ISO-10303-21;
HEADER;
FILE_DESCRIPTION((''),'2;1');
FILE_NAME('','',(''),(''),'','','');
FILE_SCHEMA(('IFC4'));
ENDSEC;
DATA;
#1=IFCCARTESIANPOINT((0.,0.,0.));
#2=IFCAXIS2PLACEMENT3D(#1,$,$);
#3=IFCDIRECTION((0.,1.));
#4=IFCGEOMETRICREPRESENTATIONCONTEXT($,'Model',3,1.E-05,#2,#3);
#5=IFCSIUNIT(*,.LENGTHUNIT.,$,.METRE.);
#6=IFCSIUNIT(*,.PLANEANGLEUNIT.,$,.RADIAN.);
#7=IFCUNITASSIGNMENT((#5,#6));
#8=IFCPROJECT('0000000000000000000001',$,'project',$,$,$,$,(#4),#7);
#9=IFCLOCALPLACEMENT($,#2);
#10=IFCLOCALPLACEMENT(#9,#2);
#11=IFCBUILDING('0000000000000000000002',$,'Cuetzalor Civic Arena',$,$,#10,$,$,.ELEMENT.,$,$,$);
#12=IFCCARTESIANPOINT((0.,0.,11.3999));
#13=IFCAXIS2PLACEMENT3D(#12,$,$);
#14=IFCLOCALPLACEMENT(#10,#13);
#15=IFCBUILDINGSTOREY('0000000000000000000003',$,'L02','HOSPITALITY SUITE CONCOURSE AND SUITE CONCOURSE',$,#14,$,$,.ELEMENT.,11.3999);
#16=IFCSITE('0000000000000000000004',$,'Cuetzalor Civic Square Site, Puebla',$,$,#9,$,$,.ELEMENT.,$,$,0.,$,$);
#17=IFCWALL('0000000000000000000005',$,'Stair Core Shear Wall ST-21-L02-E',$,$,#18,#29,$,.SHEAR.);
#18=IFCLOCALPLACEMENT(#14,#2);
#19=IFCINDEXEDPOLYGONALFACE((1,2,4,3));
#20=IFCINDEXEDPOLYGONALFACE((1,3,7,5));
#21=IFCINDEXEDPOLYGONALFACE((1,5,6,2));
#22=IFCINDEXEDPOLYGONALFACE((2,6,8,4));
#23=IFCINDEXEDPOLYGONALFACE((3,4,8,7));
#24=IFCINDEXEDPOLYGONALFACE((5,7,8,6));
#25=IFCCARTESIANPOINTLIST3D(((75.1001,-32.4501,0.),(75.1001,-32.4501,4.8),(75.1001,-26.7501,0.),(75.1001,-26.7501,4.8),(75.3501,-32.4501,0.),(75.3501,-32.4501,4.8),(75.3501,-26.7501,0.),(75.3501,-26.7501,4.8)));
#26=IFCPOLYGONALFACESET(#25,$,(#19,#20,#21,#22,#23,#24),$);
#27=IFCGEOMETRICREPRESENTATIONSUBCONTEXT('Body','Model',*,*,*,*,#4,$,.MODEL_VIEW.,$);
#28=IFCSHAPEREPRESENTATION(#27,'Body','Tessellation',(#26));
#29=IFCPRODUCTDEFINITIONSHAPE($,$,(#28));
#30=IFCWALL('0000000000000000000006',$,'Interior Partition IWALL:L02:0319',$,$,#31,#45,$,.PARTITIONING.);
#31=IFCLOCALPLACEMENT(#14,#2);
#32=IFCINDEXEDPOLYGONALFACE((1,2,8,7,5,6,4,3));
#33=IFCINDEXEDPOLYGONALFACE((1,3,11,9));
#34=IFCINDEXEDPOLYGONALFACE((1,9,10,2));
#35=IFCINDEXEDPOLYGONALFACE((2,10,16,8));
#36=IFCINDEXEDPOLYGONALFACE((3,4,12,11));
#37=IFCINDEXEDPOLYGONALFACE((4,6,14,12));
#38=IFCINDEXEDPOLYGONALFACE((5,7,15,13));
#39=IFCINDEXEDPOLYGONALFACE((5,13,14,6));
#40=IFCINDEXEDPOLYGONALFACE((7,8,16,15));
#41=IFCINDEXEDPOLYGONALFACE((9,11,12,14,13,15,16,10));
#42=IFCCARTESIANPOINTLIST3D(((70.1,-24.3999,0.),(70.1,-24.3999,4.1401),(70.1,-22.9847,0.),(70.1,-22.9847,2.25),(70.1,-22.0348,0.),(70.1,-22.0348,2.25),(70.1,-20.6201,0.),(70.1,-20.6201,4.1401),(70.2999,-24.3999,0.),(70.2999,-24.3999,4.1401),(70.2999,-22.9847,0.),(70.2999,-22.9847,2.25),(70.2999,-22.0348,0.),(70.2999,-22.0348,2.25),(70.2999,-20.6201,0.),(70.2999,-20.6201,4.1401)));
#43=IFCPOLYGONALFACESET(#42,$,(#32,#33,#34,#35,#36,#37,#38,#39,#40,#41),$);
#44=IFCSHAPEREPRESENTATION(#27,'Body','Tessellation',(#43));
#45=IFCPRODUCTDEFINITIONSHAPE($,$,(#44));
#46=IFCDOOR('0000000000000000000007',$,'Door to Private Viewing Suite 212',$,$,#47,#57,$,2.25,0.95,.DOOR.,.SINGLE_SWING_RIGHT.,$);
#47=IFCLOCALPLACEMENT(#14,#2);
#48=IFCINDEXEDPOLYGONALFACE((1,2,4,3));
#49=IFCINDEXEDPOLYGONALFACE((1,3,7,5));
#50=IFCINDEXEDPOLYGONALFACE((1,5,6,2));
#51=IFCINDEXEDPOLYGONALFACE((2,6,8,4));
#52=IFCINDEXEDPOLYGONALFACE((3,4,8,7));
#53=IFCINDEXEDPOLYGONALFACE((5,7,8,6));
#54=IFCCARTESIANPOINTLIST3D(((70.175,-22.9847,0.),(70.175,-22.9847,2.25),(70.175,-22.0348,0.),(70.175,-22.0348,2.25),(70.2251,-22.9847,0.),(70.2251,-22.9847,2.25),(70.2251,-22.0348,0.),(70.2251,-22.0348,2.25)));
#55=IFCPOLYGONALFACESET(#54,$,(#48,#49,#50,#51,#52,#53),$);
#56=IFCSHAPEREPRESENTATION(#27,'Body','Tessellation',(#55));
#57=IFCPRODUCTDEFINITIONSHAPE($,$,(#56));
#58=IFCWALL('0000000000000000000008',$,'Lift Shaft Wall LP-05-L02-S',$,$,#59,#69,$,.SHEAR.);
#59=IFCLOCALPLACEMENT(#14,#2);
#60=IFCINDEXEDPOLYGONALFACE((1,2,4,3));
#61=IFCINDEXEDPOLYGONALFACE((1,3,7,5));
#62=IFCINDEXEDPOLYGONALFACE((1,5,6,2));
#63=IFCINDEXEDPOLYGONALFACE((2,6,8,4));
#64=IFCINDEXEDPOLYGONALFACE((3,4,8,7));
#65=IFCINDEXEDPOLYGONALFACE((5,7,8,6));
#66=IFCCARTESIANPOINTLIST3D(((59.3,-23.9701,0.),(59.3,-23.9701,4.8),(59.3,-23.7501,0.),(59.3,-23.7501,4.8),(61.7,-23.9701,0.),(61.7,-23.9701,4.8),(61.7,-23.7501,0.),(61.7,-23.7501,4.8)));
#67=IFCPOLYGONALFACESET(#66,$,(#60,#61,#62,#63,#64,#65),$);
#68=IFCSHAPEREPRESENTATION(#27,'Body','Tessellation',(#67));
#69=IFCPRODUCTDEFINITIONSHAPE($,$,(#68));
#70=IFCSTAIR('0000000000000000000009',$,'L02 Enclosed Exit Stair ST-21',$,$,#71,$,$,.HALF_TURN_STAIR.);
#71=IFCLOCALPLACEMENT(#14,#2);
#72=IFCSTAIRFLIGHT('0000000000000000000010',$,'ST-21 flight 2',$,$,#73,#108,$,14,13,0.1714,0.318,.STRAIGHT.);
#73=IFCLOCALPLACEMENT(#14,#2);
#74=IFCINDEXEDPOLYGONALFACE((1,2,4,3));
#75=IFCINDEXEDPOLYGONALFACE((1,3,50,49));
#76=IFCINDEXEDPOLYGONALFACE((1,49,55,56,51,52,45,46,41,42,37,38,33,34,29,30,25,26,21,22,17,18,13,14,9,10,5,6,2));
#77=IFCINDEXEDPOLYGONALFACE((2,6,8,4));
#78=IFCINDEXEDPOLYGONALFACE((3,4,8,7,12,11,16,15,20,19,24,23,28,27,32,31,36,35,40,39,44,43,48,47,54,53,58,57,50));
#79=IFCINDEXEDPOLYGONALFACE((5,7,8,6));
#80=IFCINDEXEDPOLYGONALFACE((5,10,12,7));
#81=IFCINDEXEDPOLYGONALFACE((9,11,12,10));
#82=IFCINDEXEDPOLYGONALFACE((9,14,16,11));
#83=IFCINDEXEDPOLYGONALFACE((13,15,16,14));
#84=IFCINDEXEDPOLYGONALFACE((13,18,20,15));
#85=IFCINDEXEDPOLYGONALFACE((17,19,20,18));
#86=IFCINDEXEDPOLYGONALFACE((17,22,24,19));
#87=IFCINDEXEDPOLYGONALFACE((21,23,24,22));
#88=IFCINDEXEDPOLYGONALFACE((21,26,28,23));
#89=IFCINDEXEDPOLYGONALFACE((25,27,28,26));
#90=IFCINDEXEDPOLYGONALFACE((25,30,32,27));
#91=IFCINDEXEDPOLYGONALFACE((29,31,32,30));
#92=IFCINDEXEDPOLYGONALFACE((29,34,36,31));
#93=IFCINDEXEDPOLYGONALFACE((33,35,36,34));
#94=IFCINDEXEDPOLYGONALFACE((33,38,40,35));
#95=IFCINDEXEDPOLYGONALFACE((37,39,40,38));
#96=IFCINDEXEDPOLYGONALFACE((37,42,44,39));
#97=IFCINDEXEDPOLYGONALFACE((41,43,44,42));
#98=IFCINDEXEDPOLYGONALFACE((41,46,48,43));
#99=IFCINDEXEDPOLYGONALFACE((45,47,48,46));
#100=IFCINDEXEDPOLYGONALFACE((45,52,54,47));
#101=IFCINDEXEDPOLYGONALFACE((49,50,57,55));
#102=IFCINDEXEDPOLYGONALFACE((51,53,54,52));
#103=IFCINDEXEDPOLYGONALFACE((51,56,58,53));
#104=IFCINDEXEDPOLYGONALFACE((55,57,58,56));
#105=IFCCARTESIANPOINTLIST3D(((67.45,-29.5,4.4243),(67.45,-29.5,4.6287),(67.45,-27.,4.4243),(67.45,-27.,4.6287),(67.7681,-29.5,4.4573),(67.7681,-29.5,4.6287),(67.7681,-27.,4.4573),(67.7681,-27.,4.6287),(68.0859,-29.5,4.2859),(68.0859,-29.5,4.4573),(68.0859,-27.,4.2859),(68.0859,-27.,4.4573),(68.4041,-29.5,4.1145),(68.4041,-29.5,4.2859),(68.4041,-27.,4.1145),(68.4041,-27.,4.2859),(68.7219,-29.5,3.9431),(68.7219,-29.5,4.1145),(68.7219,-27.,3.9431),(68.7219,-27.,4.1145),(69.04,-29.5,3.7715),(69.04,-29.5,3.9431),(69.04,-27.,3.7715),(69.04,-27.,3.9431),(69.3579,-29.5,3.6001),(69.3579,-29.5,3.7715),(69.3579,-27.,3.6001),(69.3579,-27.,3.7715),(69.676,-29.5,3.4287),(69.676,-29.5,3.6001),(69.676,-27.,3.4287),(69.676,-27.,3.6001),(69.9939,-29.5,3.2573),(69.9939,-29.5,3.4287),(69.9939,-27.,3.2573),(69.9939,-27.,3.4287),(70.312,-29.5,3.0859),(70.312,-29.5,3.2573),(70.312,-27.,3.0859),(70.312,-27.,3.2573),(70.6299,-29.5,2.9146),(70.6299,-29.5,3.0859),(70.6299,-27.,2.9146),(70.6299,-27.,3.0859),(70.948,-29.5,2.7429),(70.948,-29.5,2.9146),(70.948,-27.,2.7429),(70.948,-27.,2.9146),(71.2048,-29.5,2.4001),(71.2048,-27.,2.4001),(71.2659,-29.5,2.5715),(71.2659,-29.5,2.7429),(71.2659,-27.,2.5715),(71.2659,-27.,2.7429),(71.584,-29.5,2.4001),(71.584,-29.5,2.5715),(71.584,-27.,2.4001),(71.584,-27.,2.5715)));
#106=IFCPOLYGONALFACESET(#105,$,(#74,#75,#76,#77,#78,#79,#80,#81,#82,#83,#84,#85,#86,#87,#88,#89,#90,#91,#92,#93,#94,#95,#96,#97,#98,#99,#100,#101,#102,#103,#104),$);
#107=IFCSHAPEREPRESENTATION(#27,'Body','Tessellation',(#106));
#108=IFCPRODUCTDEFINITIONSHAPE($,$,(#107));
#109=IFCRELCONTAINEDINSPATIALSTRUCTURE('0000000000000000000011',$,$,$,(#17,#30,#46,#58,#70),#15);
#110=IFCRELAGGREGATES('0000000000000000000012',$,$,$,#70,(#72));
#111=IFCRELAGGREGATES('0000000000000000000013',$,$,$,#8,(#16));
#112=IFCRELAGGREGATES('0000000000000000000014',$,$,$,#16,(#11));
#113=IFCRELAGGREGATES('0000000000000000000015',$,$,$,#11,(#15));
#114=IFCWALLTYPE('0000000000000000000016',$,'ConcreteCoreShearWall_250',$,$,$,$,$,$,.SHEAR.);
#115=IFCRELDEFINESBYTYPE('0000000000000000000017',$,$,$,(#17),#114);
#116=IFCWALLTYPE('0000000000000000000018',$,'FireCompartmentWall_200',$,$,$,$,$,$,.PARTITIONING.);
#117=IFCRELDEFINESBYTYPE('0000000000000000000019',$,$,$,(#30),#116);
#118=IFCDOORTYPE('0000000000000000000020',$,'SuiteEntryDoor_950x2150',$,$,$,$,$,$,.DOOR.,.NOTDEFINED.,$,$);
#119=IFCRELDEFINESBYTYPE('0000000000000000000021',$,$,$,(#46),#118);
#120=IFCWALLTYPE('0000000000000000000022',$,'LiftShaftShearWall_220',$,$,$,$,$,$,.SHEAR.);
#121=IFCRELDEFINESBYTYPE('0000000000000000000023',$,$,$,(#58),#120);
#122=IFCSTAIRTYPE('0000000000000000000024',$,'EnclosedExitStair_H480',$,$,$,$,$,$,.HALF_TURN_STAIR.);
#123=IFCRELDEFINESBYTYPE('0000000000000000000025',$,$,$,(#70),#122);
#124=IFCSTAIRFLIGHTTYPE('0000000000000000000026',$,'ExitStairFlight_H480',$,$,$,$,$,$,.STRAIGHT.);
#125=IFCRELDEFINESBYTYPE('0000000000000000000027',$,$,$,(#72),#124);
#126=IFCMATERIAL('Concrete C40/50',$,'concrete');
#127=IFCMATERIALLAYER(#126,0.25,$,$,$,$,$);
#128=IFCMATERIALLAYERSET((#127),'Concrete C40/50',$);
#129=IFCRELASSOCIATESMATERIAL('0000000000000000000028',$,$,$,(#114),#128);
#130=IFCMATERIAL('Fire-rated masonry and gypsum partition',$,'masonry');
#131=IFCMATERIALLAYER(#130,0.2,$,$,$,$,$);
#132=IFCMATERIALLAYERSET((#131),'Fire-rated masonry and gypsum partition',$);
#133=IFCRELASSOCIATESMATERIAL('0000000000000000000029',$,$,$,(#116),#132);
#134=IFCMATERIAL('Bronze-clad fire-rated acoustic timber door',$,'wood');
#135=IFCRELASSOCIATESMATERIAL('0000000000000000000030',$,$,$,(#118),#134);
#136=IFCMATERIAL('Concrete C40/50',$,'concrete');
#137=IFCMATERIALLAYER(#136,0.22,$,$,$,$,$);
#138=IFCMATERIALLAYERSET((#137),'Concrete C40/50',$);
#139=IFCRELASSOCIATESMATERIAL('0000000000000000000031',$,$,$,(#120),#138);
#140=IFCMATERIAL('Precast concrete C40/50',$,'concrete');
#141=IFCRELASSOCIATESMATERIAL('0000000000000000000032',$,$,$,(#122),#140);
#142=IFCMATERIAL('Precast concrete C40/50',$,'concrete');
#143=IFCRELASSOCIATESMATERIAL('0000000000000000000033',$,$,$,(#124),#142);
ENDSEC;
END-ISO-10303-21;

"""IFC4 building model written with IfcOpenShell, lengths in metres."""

from ifc_helpers import new_model, si_unit, direction, frame, frame_2d, origin, place, context, subcontext, project, spatial, polyline, rectangle, outline, extrude, material, layer, layer_set, type_object, element, fill, aggregate, save


model = new_model("IFC4")

# Units and contexts
model_context = context("Model", 3, precision=1e-05, world=origin(), true_north=direction((0.0, 1.0)))
body_context = subcontext(model_context, "Body", "Model", "MODEL_VIEW")
ifc_project = project(units=[si_unit("LENGTHUNIT", "METRE"), si_unit("PLANEANGLEUNIT", "RADIAN")], contexts=[model_context])

# Site, building, storey
site_placement = place(None, origin())
site = spatial("IfcSite", under=ifc_project, at=site_placement, Name="Cuetzalor Civic Square Site, Puebla", CompositionType="ELEMENT", RefElevation=0.0)
building_placement = place(site_placement, origin())
building = spatial("IfcBuilding", under=site, at=building_placement, Name="Cuetzalor Civic Arena", CompositionType="ELEMENT")
storey_placement = place(building_placement, frame((0.0, 0.0, 11.3999)))
storey = spatial("IfcBuildingStorey", under=building, at=storey_placement, Name="L02", Description="HOSPITALITY SUITE CONCOURSE AND SUITE CONCOURSE", CompositionType="ELEMENT", Elevation=11.3999)

# Wall
ifc_material_1 = material(Name="Concrete C40/50", Category="concrete")
ifc_layer_1 = layer(ifc_material_1, 0.25)
ifc_layer_set_1 = layer_set([ifc_layer_1], Name="Concrete C40/50")
wall_type_1 = type_object("IfcWallType", Name="ConcreteCoreShearWall_250", PredefinedType="SHEAR", material=ifc_layer_set_1)
wall_1_placement = place(storey_placement, frame((75.2251, -26.75, 0.0), z_axis=(0.0, 0.0, 1.0), x_axis=(0.0, -1.0, 0.0)))
element("IfcWall", 1, at=wall_1_placement, inside=storey, type_object=wall_type_1, Name="Stair Core Shear Wall ST-21-L02-E", PredefinedType="SHEAR", context=body_context, shape_type="SweptSolid", body=[
    extrude(rectangle(XDim=5.7, YDim=0.25, at=frame_2d((2.8501, 0.0))), origin(), (0.0, 0.0, 1.0), 4.8),
])

# Wall, opening, door
ifc_material_2 = material(Name="Fire-rated masonry and gypsum partition", Category="masonry")
ifc_layer_2 = layer(ifc_material_2, 0.2)
ifc_layer_set_2 = layer_set([ifc_layer_2], Name="Fire-rated masonry and gypsum partition")
wall_type_2 = type_object("IfcWallType", Name="FireCompartmentWall_200", PredefinedType="PARTITIONING", material=ifc_layer_set_2)
wall_2_placement = place(storey_placement, frame((70.2, -24.3999, 0.0), z_axis=(0.0, 0.0, 1.0), x_axis=(0.0, 1.0, 0.0)))
wall_2 = element("IfcWall", 2, at=wall_2_placement, inside=storey, type_object=wall_type_2, Name="Interior Partition IWALL:L02:0319", PredefinedType="PARTITIONING", context=body_context, shape_type="SweptSolid", body=[
    extrude(rectangle(XDim=3.7798, YDim=0.2, at=frame_2d((1.8899, 0.0))), origin(), (0.0, 0.0, 1.0), 4.1401),
])
opening_1_placement = place(wall_2_placement, frame((1.415, 0.0, 0.0)))
opening_1 = element("IfcOpeningElement", 3, at=opening_1_placement, cuts=wall_2, PredefinedType="OPENING", context=body_context, shape_type="SweptSolid", body=[
    extrude(rectangle(XDim=0.95, YDim=2.25, at=frame_2d((0.4751, 1.125))), frame((0.0, 0.1099, 0.0), z_axis=(0.0, -1.0, 0.0), x_axis=(1.0, 0.0, 0.0)), (0.0, 0.0, 1.0), 0.22),
])
ifc_material_3 = material(Name="Bronze-clad fire-rated acoustic timber door", Category="wood")
door_type_1 = type_object("IfcDoorType", Name="SuiteEntryDoor_950x2150", OperationType="NOTDEFINED", PredefinedType="DOOR", material=ifc_material_3)
door_1_placement = place(opening_1_placement, origin())
door_1 = element("IfcDoor", 4, at=door_1_placement, inside=storey, type_object=door_type_1, Name="Door to Private Viewing Suite 212", OperationType="SINGLE_SWING_RIGHT", OverallHeight=2.25, OverallWidth=0.95, PredefinedType="DOOR", context=body_context, shape_type="SweptSolid", body=[
    extrude(rectangle(XDim=0.95, YDim=2.25, at=frame_2d((0.4751, 1.125))), frame((0.0, 0.0249, 0.0), z_axis=(0.0, -1.0, 0.0), x_axis=(1.0, 0.0, 0.0)), (0.0, 0.0, 1.0), 0.05),
])
fill(opening_1, door_1)

# Wall
ifc_material_4 = material(Name="Concrete C40/50", Category="concrete")
ifc_layer_3 = layer(ifc_material_4, 0.22)
ifc_layer_set_3 = layer_set([ifc_layer_3], Name="Concrete C40/50")
wall_type_3 = type_object("IfcWallType", Name="LiftShaftShearWall_220", PredefinedType="SHEAR", material=ifc_layer_set_3)
wall_3_placement = place(storey_placement, frame((61.7, -23.8601, 0.0), z_axis=(0.0, 0.0, 1.0), x_axis=(-1.0, 0.0, 0.0)))
element("IfcWall", 5, at=wall_3_placement, inside=storey, type_object=wall_type_3, Name="Lift Shaft Wall LP-05-L02-S", PredefinedType="SHEAR", context=body_context, shape_type="SweptSolid", body=[
    extrude(rectangle(XDim=2.3999, YDim=0.22, at=frame_2d((1.2, 0.0))), origin(), (0.0, 0.0, 1.0), 4.8),
])

# Stair, stair flight
ifc_material_5 = material(Name="Precast concrete C40/50", Category="concrete")
stair_type = type_object("IfcStairType", Name="EnclosedExitStair_H480", PredefinedType="HALF_TURN_STAIR", material=ifc_material_5)
stair_placement = place(storey_placement, origin())
stair = element("IfcStair", 6, at=stair_placement, inside=storey, type_object=stair_type, Name="L02 Enclosed Exit Stair ST-21", PredefinedType="HALF_TURN_STAIR")
ifc_material_6 = material(Name="Precast concrete C40/50", Category="concrete")
stair_flight_type = type_object("IfcStairFlightType", Name="ExitStairFlight_H480", PredefinedType="STRAIGHT", material=ifc_material_6)
stair_flight_placement = place(storey_placement, frame((71.584, -28.25, 2.4001), z_axis=(0.0, 0.0, 1.0), x_axis=(-1.0, 0.0, 0.0)))
stair_flight = element("IfcStairFlight", 7, at=stair_flight_placement, type_object=stair_flight_type, Name="ST-21 flight 2", NumberOfRisers=14, NumberOfTreads=13, PredefinedType="STRAIGHT", RiserHeight=0.1714, TreadLength=0.318, context=body_context, shape_type="SweptSolid", body=[
    extrude(outline(polyline([(0.0, 0.0), (0.0, 0.1714), (0.3181, 0.1714), (0.3181, 0.3428), (0.636, 0.3428), (0.636, 0.5144), (0.9541, 0.5144), (0.9541, 0.6858), (1.272, 0.6858), (1.272, 0.8572), (1.5901, 0.8572), (1.5901, 1.0286), (1.908, 1.0286), (1.908, 1.2), (2.2261, 1.2), (2.2261, 1.3713), (2.5439, 1.3713), (2.5439, 1.543), (2.8621, 1.543), (2.8621, 1.7144), (3.1799, 1.7144), (3.1799, 1.8857), (3.498, 1.8857), (3.498, 2.0571), (3.8159, 2.0571), (3.8159, 2.2285), (4.134, 2.2285), (4.134, 2.3999), (4.134, 2.0242), (0.3792, 0.0), (0.0, 0.0)])), frame((0.0, 1.25, 0.0), z_axis=(0.0, -1.0, 0.0), x_axis=(1.0, 0.0, 0.0)), (0.0, 0.0, 1.0), 2.5),
])
aggregate(stair, [stair_flight])

save(model, "model.ifc")
